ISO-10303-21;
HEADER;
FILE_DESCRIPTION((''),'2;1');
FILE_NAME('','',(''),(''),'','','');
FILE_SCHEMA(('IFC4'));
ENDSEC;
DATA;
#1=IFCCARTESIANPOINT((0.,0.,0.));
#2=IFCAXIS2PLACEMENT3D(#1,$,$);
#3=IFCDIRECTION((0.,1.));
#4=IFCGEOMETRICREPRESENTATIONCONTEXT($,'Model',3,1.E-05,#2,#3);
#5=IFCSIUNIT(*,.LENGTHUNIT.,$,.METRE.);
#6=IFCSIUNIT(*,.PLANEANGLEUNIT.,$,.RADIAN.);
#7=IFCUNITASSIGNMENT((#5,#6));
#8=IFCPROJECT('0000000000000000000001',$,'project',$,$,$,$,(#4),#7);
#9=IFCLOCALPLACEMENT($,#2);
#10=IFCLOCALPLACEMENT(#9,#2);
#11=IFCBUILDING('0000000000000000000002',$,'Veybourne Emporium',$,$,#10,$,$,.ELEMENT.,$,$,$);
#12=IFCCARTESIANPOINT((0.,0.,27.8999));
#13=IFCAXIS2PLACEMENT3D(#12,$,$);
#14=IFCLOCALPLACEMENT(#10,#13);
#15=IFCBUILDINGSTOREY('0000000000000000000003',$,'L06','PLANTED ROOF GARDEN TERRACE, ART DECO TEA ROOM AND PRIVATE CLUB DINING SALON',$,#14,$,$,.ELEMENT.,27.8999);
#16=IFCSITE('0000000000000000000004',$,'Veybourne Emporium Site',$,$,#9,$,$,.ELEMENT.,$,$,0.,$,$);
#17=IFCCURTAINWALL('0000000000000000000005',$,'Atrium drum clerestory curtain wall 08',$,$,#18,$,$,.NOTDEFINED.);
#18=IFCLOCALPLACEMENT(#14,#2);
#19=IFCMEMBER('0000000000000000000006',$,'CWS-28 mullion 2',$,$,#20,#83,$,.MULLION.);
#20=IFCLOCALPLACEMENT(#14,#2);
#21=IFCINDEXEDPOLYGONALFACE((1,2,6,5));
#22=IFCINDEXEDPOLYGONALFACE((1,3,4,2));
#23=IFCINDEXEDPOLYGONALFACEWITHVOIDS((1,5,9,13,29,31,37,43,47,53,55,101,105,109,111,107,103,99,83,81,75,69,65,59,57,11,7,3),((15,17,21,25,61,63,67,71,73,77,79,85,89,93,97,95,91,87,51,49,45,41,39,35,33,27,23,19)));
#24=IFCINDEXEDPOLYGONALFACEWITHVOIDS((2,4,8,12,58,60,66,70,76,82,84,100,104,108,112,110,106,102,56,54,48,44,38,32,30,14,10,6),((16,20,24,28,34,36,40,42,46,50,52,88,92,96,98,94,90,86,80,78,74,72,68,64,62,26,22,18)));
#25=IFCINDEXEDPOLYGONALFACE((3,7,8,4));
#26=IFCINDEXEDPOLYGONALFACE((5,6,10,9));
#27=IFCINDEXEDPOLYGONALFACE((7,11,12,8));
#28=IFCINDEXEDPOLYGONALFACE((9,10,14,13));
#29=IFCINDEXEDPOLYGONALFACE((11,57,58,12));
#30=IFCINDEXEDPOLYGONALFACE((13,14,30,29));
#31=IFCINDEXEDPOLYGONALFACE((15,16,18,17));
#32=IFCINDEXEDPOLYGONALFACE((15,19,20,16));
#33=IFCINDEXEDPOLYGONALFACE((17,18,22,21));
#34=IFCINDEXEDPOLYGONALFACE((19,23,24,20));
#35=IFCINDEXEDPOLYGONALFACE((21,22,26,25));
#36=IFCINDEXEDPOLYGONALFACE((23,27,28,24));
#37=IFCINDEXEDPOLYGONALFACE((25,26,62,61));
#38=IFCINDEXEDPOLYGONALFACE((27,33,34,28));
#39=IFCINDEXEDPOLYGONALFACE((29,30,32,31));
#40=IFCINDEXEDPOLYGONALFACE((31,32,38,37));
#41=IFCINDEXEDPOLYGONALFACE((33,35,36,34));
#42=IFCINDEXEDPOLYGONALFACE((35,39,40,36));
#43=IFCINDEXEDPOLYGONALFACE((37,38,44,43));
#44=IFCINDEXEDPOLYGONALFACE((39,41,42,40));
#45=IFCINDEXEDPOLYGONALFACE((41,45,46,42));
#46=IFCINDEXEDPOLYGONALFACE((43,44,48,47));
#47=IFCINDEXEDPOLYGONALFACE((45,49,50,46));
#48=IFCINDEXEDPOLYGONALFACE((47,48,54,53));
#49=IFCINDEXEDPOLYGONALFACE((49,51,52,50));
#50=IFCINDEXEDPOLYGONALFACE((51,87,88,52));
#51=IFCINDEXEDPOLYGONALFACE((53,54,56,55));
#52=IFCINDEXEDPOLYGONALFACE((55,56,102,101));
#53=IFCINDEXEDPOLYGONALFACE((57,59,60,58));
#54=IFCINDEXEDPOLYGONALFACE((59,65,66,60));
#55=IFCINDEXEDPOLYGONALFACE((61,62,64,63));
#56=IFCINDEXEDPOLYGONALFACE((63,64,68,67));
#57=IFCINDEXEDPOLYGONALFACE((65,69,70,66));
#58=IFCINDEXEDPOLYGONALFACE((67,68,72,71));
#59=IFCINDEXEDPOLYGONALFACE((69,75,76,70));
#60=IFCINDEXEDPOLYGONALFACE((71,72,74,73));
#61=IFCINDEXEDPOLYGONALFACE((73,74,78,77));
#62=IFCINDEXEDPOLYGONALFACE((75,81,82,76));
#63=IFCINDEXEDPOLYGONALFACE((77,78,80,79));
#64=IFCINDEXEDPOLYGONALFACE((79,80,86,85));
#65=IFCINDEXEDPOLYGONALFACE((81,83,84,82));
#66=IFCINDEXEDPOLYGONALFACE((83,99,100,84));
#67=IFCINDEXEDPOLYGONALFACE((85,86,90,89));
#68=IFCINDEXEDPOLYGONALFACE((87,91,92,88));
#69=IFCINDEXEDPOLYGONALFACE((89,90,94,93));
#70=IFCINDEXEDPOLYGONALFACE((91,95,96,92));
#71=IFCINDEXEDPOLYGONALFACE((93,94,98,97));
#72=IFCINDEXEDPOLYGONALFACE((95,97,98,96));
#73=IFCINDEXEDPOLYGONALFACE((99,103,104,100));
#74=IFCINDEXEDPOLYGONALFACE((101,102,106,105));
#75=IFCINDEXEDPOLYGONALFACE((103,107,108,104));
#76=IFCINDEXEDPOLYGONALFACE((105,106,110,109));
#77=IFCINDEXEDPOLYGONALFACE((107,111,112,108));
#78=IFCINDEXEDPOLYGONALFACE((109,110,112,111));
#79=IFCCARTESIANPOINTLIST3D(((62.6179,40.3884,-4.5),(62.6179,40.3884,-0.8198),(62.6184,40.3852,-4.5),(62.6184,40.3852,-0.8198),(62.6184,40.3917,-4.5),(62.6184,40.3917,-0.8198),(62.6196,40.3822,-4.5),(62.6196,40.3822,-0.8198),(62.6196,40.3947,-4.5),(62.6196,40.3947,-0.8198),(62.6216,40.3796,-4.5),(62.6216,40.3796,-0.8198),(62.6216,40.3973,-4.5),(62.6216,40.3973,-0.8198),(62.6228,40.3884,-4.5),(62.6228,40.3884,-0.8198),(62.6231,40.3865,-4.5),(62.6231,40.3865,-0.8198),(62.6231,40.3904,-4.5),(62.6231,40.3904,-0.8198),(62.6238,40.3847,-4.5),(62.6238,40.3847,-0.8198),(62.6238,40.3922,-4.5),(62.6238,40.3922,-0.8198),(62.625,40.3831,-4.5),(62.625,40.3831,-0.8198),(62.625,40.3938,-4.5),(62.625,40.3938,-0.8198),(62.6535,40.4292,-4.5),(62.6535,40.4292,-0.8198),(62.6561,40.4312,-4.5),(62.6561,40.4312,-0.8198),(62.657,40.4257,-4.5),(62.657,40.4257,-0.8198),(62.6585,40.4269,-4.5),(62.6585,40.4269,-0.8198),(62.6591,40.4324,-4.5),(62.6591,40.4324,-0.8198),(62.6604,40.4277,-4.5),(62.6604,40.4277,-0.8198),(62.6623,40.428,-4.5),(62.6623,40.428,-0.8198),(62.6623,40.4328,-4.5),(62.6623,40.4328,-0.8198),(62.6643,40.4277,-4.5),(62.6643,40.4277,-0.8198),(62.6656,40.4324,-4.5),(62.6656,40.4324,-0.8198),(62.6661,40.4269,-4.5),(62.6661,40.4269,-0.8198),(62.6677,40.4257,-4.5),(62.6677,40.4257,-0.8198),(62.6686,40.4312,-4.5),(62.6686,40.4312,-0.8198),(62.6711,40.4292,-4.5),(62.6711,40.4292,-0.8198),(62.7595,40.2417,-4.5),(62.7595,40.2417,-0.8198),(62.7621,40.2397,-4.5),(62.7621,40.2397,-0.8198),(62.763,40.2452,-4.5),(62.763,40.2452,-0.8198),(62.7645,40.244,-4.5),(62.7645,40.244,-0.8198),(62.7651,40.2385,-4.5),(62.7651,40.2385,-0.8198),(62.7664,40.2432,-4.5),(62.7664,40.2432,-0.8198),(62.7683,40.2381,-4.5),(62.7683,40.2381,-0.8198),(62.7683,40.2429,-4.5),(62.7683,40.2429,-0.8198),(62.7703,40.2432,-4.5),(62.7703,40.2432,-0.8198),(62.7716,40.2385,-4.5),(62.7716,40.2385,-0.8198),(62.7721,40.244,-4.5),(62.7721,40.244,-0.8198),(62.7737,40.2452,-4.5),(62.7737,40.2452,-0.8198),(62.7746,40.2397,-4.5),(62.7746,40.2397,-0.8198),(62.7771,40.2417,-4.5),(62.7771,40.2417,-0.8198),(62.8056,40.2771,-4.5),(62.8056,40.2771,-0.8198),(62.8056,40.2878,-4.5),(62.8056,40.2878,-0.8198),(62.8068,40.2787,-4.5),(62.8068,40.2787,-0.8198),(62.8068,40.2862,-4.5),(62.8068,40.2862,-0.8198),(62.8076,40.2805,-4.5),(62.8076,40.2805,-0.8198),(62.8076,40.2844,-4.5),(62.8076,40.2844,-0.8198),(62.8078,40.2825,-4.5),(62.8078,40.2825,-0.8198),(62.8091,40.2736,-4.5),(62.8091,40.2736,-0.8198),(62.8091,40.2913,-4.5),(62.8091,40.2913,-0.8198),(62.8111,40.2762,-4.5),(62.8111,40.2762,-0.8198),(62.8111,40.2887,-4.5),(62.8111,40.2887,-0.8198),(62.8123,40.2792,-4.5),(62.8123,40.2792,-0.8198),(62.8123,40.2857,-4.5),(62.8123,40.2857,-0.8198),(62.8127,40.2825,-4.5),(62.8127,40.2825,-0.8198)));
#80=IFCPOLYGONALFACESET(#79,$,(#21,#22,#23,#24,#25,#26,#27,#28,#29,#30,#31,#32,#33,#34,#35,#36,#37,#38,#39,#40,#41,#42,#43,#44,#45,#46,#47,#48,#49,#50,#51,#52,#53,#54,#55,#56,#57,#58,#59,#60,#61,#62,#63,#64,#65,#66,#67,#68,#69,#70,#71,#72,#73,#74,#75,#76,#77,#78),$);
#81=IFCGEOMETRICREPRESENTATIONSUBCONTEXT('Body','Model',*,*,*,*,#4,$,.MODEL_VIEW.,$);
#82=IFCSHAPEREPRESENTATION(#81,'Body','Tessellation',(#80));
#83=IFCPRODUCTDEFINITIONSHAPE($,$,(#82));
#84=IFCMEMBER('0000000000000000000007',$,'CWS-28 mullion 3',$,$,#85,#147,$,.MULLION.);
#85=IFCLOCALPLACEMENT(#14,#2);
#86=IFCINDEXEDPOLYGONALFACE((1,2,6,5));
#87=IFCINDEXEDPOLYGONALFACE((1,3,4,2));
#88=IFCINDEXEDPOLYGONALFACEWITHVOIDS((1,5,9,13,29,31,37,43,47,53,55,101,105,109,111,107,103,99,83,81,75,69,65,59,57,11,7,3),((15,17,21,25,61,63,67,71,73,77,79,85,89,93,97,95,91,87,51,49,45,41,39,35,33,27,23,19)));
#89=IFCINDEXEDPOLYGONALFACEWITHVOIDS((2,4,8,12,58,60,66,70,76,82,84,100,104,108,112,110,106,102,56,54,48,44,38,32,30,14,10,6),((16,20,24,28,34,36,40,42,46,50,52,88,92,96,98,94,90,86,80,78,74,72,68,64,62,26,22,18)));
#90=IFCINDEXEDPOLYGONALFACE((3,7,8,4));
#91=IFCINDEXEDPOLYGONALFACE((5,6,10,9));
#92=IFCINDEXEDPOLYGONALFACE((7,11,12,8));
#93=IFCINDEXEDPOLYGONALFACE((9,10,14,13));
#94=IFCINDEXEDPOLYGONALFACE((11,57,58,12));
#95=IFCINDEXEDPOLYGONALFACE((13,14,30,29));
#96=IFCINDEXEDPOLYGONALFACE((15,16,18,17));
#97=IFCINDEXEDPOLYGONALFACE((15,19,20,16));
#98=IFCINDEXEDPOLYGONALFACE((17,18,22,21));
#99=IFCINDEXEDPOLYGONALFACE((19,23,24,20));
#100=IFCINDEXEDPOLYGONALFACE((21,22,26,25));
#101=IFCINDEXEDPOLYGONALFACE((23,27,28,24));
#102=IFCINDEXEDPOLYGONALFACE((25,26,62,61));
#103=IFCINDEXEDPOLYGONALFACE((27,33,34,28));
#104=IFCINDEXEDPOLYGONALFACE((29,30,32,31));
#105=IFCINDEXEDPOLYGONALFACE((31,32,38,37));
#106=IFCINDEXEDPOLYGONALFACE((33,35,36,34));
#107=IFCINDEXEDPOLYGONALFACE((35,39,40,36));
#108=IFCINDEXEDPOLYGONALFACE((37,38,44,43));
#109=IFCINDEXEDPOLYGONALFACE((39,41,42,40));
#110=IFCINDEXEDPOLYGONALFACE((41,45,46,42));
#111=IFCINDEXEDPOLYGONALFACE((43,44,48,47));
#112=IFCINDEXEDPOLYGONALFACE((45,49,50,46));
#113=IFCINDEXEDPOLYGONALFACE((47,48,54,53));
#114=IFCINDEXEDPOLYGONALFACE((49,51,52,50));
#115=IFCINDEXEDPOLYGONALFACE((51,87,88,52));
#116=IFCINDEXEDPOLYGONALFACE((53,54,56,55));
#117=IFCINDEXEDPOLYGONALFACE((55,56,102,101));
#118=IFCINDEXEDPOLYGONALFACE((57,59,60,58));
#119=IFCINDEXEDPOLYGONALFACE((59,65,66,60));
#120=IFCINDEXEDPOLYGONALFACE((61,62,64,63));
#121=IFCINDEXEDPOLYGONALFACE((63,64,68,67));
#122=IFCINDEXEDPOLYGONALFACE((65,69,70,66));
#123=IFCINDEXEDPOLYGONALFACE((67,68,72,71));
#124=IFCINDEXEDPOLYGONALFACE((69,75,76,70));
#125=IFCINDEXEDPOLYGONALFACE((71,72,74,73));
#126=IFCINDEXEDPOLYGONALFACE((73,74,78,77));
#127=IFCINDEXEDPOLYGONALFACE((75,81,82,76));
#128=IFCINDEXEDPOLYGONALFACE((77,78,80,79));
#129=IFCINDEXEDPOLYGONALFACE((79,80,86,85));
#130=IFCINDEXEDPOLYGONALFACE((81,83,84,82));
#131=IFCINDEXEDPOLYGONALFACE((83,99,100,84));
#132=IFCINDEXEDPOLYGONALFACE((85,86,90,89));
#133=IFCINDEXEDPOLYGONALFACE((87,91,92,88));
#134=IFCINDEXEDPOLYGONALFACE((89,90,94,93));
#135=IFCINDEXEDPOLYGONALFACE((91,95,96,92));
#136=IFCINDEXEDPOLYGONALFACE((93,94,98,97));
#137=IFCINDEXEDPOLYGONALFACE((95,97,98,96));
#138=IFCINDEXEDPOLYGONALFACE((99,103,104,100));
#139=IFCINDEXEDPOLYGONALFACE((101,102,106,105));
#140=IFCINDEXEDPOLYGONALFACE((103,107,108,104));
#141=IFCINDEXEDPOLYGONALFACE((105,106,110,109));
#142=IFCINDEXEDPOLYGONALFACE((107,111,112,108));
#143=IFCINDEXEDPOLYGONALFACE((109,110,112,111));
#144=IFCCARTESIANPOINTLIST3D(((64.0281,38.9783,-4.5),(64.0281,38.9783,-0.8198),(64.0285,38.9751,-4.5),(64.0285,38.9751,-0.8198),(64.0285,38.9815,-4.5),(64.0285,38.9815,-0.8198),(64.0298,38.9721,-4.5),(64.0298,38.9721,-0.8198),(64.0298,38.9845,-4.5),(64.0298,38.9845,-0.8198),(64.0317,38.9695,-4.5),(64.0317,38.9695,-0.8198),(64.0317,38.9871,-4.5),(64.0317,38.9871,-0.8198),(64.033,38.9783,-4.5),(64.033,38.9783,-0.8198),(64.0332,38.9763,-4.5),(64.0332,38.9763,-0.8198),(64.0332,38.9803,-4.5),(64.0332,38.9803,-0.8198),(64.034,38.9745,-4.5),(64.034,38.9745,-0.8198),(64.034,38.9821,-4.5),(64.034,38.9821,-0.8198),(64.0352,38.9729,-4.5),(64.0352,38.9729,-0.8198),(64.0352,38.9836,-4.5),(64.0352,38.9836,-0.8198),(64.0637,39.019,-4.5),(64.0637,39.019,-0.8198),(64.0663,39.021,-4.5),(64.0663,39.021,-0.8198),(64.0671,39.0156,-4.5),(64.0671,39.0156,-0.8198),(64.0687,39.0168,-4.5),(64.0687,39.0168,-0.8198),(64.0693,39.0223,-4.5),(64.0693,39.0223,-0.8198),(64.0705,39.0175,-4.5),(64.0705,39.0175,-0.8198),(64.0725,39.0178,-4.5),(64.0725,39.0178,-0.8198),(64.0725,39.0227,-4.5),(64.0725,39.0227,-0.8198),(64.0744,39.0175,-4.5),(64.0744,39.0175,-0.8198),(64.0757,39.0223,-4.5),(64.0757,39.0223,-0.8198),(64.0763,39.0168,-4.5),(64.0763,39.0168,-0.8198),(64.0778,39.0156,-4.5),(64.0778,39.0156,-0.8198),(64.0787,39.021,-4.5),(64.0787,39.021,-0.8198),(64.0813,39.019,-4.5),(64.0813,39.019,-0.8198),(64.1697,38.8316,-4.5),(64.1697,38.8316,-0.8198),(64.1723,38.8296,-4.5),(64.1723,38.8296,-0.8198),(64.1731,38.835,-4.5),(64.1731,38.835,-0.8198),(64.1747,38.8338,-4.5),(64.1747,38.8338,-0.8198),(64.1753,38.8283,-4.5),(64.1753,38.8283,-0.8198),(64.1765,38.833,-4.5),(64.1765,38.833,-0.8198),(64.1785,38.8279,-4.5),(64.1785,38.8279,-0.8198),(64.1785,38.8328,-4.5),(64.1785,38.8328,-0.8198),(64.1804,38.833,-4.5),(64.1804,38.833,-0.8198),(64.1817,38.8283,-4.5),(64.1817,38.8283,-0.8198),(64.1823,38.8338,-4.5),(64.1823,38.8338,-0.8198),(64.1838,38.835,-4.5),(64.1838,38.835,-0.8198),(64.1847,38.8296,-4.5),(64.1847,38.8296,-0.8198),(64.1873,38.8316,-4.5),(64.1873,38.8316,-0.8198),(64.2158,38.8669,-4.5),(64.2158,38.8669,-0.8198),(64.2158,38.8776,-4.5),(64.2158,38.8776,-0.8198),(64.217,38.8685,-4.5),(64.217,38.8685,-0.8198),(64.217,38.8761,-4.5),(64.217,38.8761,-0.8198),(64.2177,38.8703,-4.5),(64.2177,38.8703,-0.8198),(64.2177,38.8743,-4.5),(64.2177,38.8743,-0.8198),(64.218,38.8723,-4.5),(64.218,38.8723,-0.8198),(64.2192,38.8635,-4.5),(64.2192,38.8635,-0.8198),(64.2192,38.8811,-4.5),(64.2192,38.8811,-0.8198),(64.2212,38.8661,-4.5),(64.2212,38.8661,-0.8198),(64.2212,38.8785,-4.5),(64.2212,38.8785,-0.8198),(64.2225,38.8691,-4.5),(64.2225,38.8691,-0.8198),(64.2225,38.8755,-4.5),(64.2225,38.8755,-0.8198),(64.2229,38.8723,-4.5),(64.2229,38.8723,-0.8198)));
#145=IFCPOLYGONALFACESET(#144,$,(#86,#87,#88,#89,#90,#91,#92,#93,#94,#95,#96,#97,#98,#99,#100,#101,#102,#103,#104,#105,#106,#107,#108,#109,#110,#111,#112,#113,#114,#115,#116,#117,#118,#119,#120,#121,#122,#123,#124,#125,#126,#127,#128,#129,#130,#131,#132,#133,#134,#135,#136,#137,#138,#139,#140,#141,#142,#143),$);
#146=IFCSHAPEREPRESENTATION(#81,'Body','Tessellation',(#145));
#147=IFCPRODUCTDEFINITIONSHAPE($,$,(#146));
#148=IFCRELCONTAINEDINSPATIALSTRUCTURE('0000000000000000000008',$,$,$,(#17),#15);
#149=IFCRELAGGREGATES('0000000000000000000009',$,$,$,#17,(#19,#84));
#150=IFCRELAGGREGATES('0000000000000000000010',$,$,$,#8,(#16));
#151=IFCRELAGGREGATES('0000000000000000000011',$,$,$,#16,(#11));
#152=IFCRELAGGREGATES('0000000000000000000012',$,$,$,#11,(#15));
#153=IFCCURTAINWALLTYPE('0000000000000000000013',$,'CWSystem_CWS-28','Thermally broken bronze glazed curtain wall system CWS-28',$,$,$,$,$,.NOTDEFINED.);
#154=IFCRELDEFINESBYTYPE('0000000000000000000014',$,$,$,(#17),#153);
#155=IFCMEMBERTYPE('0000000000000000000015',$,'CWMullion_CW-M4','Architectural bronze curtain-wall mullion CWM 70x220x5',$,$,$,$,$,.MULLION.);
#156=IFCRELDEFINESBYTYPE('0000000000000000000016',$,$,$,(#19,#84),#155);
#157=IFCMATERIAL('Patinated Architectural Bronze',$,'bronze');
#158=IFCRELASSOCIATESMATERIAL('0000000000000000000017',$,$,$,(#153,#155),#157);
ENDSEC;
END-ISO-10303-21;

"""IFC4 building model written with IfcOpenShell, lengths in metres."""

from ifc_helpers import new_model, si_unit, direction, frame, origin, origin_2d, place, context, subcontext, project, spatial, hollow_rectangle, extrude, material, material_profile, profile_set, type_object, element, aggregate, save


model = new_model("IFC4")

# Units and contexts
model_context = context("Model", 3, precision=1e-05, world=origin(), true_north=direction((0.0, 1.0)))
body_context = subcontext(model_context, "Body", "Model", "MODEL_VIEW")
ifc_project = project(units=[si_unit("LENGTHUNIT", "METRE"), si_unit("PLANEANGLEUNIT", "RADIAN")], contexts=[model_context])

# Site, building, storey
site_placement = place(None, origin())
site = spatial("IfcSite", under=ifc_project, at=site_placement, Name="Veybourne Emporium Site", CompositionType="ELEMENT", RefElevation=0.0)
building_placement = place(site_placement, origin())
building = spatial("IfcBuilding", under=site, at=building_placement, Name="Veybourne Emporium", CompositionType="ELEMENT")
storey_placement = place(building_placement, frame((0.0, 0.0, 27.8999)))
storey = spatial("IfcBuildingStorey", under=building, at=storey_placement, Name="L06", Description="PLANTED ROOF GARDEN TERRACE, ART DECO TEA ROOM AND PRIVATE CLUB DINING SALON", CompositionType="ELEMENT", Elevation=27.8999)

# Shared definitions
ifc_material_1 = material(Name="Patinated Architectural Bronze", Category="bronze")

# Curtain wall, members
curtain_wall_type_1 = type_object("IfcCurtainWallType", Name="CWSystem_CWS-28", Description="Thermally broken bronze glazed curtain wall system CWS-28", PredefinedType="NOTDEFINED", material=ifc_material_1)
curtain_wall_1_placement = place(storey_placement, origin())
curtain_wall_1 = element("IfcCurtainWall", 1, at=curtain_wall_1_placement, inside=storey, type_object=curtain_wall_type_1, Name="Atrium drum clerestory curtain wall 08", PredefinedType="NOTDEFINED")
ifc_material_profile_1 = material_profile(ifc_material_1, hollow_rectangle(XDim=0.0701, YDim=0.22, WallThickness=0.0049, InnerFilletRadius=0.0076, OuterFilletRadius=0.0125, at=origin_2d()), Name="CWM 70x220x5")
ifc_profile_set_1 = profile_set([ifc_material_profile_1], Name="Patinated Architectural Bronze")
member_type_1 = type_object("IfcMemberType", Name="CWMullion_CW-M4", Description="Architectural bronze curtain-wall mullion CWM 70x220x5", PredefinedType="MULLION", material=ifc_profile_set_1)
member_1_placement = place(storey_placement, frame((62.7153, 40.3354, -4.5), z_axis=(0.0, 0.0, 1.0), x_axis=(0.707107, 0.707107, 0.0)))
member_1 = element("IfcMember", 2, at=member_1_placement, type_object=member_type_1, Name="CWS-28 mullion 2", PredefinedType="MULLION", context=body_context, shape_type="SweptSolid", body=[
    extrude(hollow_rectangle(XDim=0.0701, YDim=0.22, WallThickness=0.0049, InnerFilletRadius=0.0076, OuterFilletRadius=0.0125, at=origin_2d()), origin(), (0.0, 0.0, 1.0), 3.6802),
])
member_2_placement = place(storey_placement, frame((64.1255, 38.9253, -4.5), z_axis=(0.0, 0.0, 1.0), x_axis=(0.707107, 0.707107, 0.0)))
member_2 = element("IfcMember", 3, at=member_2_placement, type_object=member_type_1, Name="CWS-28 mullion 3", PredefinedType="MULLION", context=body_context, shape_type="SweptSolid", body=[
    extrude(hollow_rectangle(XDim=0.0701, YDim=0.22, WallThickness=0.0049, InnerFilletRadius=0.0076, OuterFilletRadius=0.0125, at=origin_2d()), origin(), (0.0, 0.0, 1.0), 3.6802),
])

aggregate(curtain_wall_1, [member_1, member_2])

save(model, "model.ifc")
